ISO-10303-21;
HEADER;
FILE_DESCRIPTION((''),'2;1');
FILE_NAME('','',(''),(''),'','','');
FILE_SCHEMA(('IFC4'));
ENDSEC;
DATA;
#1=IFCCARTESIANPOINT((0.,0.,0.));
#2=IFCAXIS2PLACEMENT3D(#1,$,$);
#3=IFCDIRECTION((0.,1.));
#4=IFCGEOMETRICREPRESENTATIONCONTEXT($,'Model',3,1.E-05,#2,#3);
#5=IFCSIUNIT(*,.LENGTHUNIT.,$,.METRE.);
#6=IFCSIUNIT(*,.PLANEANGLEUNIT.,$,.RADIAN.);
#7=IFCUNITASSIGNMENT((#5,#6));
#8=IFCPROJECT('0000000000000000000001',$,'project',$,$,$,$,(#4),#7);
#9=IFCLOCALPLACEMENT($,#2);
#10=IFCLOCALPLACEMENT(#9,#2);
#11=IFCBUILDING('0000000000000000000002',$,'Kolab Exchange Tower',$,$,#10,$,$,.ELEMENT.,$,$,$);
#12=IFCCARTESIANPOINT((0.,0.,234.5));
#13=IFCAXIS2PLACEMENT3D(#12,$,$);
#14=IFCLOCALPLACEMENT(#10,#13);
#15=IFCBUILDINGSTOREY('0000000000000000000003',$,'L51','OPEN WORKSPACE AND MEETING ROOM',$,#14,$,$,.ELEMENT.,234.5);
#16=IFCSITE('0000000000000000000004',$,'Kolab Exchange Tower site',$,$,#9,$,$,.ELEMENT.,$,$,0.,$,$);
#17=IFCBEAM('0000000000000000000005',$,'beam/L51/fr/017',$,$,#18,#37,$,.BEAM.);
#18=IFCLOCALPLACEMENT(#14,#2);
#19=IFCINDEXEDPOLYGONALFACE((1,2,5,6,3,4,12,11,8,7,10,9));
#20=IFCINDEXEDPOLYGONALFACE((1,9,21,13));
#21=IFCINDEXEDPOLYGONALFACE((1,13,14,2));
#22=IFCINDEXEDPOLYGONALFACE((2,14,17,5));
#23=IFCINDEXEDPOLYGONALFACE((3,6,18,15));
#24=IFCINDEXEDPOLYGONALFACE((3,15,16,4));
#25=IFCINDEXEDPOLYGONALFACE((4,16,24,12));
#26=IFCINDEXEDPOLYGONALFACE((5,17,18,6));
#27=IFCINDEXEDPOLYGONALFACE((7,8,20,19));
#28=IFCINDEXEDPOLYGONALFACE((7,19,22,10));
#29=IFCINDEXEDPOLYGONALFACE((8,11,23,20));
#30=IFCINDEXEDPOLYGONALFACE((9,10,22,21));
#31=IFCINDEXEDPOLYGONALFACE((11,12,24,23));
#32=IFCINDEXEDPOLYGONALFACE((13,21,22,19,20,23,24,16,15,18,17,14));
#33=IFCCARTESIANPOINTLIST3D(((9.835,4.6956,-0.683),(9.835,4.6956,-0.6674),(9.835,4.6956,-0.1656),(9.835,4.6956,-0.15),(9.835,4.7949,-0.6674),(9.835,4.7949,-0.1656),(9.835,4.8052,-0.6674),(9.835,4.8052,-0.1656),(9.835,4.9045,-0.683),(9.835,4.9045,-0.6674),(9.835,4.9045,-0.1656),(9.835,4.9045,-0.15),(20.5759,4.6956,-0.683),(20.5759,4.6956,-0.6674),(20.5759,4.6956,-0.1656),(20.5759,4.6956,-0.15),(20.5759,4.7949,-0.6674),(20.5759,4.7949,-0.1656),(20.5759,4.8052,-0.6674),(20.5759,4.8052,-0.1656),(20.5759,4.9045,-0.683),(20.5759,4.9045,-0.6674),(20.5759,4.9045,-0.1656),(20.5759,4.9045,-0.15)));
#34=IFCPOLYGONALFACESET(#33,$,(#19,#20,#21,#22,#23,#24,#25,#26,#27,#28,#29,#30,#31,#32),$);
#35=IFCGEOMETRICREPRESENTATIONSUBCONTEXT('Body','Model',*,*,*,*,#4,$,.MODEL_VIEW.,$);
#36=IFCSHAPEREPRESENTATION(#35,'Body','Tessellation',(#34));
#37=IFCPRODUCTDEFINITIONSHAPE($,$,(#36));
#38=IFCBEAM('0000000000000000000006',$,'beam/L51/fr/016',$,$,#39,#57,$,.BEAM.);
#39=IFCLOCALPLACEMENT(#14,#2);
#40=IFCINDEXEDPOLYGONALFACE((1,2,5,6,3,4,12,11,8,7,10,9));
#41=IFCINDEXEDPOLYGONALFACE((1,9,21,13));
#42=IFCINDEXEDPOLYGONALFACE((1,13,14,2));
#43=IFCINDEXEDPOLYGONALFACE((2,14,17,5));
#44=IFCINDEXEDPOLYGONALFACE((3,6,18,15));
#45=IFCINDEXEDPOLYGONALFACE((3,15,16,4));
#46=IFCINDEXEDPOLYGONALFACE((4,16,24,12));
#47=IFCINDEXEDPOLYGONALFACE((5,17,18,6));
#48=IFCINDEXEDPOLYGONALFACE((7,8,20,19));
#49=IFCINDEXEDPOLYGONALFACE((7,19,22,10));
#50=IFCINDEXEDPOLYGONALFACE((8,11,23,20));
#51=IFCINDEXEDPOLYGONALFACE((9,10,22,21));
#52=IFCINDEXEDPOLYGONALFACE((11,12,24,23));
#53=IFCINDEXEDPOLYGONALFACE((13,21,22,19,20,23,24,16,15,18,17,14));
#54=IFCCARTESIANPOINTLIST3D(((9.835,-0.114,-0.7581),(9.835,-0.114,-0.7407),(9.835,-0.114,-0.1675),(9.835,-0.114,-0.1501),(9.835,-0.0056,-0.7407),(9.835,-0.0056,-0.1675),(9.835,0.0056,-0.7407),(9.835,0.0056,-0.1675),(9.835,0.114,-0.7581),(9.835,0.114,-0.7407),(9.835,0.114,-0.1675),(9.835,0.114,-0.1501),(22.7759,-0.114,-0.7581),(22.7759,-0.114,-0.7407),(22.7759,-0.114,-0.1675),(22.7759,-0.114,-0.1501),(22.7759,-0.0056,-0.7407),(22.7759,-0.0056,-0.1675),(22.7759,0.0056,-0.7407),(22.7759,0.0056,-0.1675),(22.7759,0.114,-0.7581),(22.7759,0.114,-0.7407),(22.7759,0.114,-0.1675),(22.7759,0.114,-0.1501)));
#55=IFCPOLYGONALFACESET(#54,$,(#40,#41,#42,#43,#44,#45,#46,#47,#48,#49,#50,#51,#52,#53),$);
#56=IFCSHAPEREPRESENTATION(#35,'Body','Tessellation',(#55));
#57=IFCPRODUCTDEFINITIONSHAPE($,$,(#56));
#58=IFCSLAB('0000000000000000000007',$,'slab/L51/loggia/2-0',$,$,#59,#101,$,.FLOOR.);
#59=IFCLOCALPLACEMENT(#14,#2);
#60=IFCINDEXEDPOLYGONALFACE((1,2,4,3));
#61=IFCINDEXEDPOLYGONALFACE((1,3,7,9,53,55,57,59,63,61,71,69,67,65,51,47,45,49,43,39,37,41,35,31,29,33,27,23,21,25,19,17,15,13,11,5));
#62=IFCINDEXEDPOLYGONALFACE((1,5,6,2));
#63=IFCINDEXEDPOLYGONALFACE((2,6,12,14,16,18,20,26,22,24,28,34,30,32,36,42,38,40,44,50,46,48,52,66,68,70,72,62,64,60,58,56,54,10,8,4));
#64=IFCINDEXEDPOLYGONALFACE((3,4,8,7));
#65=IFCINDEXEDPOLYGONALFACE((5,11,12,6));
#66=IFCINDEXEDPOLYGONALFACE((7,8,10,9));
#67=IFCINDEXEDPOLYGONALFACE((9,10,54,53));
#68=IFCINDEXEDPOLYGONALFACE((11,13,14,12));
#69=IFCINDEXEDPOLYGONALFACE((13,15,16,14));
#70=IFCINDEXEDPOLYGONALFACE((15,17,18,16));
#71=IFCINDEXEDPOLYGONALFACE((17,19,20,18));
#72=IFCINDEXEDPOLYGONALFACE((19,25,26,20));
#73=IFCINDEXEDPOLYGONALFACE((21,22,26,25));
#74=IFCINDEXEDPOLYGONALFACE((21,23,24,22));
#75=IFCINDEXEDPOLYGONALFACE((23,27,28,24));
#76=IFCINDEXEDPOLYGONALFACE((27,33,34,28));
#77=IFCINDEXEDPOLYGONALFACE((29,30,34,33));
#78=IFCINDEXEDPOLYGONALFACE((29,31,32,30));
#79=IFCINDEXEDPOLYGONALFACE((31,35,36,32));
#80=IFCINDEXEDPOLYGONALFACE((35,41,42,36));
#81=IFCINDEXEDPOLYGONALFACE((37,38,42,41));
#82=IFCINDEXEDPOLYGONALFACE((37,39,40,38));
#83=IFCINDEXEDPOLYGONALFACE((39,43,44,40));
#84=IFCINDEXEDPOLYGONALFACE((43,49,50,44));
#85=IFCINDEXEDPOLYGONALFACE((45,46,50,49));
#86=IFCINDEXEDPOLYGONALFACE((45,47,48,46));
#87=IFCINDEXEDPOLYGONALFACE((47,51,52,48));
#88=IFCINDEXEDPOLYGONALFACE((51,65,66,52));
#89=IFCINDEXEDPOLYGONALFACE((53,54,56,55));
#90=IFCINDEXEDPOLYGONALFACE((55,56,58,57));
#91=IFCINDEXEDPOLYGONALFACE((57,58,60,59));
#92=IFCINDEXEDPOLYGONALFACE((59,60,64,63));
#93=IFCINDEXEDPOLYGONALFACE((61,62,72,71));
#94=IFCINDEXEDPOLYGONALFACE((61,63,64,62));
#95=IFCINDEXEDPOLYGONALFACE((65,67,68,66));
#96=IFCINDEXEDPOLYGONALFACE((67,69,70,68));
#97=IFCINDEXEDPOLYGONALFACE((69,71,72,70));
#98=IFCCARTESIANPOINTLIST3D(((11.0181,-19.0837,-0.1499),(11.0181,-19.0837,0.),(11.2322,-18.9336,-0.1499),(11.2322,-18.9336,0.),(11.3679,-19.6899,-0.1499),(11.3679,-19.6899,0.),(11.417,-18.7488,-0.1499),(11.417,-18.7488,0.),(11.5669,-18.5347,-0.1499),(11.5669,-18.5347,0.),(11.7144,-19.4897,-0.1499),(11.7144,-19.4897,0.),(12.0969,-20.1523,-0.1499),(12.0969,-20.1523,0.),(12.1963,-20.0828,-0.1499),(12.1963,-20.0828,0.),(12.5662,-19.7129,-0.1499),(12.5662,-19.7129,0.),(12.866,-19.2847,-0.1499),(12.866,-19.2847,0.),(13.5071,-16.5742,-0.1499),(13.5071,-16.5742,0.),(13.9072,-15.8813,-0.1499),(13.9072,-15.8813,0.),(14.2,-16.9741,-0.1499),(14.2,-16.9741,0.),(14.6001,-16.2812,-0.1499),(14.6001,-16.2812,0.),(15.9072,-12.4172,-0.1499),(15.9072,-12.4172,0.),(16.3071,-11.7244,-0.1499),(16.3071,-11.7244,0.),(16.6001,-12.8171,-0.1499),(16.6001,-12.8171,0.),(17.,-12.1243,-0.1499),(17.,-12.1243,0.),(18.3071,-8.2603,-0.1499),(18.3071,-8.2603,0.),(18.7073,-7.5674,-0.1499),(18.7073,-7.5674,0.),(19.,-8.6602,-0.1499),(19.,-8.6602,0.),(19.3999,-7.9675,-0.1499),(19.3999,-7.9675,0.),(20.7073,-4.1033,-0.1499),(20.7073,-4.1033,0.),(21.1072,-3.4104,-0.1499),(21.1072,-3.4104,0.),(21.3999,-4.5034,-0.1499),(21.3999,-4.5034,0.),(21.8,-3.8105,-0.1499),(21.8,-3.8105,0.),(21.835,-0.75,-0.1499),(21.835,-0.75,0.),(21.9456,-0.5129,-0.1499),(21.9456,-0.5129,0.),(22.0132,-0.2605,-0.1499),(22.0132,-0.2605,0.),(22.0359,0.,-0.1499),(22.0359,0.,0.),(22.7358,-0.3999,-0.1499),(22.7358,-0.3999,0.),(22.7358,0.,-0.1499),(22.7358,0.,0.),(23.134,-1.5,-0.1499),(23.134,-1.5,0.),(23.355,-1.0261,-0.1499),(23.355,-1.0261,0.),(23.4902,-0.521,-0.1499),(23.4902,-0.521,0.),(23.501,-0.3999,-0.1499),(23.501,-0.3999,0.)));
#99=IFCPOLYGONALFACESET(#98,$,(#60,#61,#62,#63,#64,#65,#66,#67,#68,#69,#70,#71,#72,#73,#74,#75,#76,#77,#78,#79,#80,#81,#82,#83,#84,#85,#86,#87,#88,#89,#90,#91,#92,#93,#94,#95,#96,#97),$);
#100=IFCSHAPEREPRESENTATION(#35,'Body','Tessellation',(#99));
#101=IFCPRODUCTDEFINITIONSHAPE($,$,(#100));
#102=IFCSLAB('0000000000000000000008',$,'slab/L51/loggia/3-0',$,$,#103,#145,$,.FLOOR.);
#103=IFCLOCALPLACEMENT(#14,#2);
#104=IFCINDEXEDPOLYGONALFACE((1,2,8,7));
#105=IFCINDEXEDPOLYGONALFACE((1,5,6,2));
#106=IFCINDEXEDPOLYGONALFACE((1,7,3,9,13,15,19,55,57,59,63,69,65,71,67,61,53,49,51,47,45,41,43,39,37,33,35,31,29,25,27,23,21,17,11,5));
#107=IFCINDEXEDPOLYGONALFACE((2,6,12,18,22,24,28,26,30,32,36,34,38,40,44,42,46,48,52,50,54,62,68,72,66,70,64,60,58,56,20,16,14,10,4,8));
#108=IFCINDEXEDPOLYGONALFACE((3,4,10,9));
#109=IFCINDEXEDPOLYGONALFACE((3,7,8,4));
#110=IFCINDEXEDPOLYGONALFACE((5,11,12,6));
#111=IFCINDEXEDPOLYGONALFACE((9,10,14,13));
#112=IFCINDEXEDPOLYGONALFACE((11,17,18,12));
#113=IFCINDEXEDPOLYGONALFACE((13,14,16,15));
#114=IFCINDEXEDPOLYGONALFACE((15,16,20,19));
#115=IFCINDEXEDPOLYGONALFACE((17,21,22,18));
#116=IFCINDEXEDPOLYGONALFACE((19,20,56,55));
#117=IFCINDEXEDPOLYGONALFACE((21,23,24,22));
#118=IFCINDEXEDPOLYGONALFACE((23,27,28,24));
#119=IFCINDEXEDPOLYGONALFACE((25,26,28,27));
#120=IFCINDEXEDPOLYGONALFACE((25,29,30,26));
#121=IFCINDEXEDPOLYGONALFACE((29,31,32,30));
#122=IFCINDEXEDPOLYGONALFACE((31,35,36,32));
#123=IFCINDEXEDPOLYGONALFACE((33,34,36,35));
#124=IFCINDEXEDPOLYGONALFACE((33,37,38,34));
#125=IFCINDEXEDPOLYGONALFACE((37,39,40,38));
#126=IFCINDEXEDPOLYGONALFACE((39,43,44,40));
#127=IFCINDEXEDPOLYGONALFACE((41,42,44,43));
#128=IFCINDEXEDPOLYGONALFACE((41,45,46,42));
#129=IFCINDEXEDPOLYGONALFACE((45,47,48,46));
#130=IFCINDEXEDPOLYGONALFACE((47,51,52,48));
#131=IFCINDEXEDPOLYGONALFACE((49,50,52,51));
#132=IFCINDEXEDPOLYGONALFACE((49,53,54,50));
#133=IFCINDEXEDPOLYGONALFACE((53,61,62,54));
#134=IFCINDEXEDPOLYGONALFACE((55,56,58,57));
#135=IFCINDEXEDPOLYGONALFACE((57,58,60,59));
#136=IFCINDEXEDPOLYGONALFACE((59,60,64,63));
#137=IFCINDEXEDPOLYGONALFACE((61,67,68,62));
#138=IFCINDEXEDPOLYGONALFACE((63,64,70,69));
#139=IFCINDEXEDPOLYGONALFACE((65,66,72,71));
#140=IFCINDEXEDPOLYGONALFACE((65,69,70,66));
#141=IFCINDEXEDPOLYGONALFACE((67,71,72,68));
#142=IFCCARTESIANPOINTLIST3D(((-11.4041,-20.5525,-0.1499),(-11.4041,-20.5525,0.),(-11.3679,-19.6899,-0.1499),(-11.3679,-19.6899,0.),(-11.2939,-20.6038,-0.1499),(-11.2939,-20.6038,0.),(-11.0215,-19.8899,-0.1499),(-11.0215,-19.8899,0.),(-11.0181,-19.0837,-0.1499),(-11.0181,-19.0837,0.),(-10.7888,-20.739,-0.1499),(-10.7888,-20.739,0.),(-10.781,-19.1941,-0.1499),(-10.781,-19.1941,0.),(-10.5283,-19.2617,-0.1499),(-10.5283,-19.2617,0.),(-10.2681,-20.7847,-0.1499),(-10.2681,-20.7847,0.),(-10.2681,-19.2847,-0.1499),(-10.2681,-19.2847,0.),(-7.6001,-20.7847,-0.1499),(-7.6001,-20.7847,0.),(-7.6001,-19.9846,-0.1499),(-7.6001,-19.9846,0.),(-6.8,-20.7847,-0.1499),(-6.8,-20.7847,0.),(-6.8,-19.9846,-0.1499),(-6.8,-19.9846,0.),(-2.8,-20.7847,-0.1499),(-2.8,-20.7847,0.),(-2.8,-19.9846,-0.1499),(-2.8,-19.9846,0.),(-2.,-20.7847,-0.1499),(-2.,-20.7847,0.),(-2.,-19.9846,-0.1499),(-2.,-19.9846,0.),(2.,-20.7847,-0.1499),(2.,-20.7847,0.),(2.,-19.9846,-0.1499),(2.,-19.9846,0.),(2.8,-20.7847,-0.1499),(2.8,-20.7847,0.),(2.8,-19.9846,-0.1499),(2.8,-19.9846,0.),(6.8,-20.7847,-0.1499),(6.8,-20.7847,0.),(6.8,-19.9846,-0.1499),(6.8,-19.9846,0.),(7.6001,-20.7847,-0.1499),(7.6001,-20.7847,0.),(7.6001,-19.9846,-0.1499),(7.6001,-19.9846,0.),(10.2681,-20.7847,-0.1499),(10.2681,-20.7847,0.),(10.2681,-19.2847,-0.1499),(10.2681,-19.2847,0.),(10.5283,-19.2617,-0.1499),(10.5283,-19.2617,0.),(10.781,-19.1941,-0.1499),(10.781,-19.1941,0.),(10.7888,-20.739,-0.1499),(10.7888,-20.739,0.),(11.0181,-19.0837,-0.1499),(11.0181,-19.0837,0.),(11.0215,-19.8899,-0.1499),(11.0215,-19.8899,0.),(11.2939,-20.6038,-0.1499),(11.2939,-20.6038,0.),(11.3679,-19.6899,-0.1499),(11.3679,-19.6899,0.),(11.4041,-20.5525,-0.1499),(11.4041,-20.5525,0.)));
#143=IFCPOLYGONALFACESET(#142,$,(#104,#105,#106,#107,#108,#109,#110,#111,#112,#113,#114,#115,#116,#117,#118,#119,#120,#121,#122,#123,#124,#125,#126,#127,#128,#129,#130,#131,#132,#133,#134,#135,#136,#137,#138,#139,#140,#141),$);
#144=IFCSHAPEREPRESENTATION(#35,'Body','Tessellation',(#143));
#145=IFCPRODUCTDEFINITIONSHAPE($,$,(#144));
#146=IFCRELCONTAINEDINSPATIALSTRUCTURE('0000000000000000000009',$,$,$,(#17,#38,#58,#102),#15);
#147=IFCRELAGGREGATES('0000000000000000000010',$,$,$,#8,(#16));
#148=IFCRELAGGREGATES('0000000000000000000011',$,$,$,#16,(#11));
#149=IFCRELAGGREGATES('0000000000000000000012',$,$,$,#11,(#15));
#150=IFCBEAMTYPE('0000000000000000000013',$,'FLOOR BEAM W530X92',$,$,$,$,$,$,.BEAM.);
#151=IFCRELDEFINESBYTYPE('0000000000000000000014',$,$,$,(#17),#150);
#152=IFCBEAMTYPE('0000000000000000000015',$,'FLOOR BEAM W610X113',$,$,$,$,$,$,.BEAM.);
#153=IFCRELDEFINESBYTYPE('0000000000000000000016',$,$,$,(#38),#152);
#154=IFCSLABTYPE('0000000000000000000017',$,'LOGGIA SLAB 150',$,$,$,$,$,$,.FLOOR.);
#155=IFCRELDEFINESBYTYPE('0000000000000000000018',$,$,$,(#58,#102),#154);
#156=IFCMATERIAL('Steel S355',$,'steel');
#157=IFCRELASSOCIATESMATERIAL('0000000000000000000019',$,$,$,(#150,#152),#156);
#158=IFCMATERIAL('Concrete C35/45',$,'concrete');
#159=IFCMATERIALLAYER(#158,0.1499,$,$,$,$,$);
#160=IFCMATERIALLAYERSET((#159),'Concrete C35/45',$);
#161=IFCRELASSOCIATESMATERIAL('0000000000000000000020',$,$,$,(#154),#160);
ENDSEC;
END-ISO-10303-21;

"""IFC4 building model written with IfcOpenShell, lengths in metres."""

from ifc_helpers import new_model, si_unit, direction, frame, origin, origin_2d, place, context, subcontext, project, spatial, polyline, i_section, outline, extrude, material, layer, layer_set, material_profile, profile_set, type_object, element, save


model = new_model("IFC4")

# Units and contexts
model_context = context("Model", 3, precision=1e-05, world=origin(), true_north=direction((0.0, 1.0)))
body_context = subcontext(model_context, "Body", "Model", "MODEL_VIEW")
ifc_project = project(units=[si_unit("LENGTHUNIT", "METRE"), si_unit("PLANEANGLEUNIT", "RADIAN")], contexts=[model_context])

# Site, building, storey
site_placement = place(None, origin())
site = spatial("IfcSite", under=ifc_project, at=site_placement, Name="Kolab Exchange Tower site", CompositionType="ELEMENT", RefElevation=0.0)
building_placement = place(site_placement, origin())
building = spatial("IfcBuilding", under=site, at=building_placement, Name="Kolab Exchange Tower", CompositionType="ELEMENT")
storey_placement = place(building_placement, frame((0.0, 0.0, 234.5)))
storey = spatial("IfcBuildingStorey", under=building, at=storey_placement, Name="L51", Description="OPEN WORKSPACE AND MEETING ROOM", CompositionType="ELEMENT", Elevation=234.5)

# Beams
ifc_material_1 = material(Name="Steel S355", Category="steel")
ifc_material_profile_1 = material_profile(ifc_material_1, i_section(OverallWidth=0.209, OverallDepth=0.533, WebThickness=0.0103, FlangeThickness=0.0156, at=origin_2d()), Name="W530X92")
ifc_profile_set_1 = profile_set([ifc_material_profile_1], Name="Steel S355")
beam_type_1 = type_object("IfcBeamType", Name="FLOOR BEAM W530X92", PredefinedType="BEAM", material=ifc_profile_set_1)
beam_1_placement = place(storey_placement, frame((9.835, 4.8, -0.4165), z_axis=(1.0, 0.0, 0.0), x_axis=(0.0, 1.0, 0.0)))
element("IfcBeam", 1, at=beam_1_placement, inside=storey, type_object=beam_type_1, Name="beam/L51/fr/017", PredefinedType="BEAM", context=body_context, shape_type="SweptSolid", body=[
    extrude(i_section(OverallWidth=0.209, OverallDepth=0.533, WebThickness=0.0103, FlangeThickness=0.0156, at=origin_2d()), origin(), (0.0, 0.0, 1.0), 10.741),
])
ifc_material_profile_2 = material_profile(ifc_material_1, i_section(OverallWidth=0.228, OverallDepth=0.6079, WebThickness=0.0112, FlangeThickness=0.0173, at=origin_2d()), Name="W610X113")
ifc_profile_set_2 = profile_set([ifc_material_profile_2], Name="Steel S355")
beam_type_2 = type_object("IfcBeamType", Name="FLOOR BEAM W610X113", PredefinedType="BEAM", material=ifc_profile_set_2)
beam_2_placement = place(storey_placement, frame((9.835, 0.0, -0.4541), z_axis=(1.0, 0.0, 0.0), x_axis=(0.0, 1.0, 0.0)))
element("IfcBeam", 2, at=beam_2_placement, inside=storey, type_object=beam_type_2, Name="beam/L51/fr/016", PredefinedType="BEAM", context=body_context, shape_type="SweptSolid", body=[
    extrude(i_section(OverallWidth=0.228, OverallDepth=0.6079, WebThickness=0.0112, FlangeThickness=0.0173, at=origin_2d()), origin(), (0.0, 0.0, 1.0), 12.9409),
])

# Slabs
ifc_material_2 = material(Name="Concrete C35/45", Category="concrete")
ifc_layer_1 = layer(ifc_material_2, 0.1499)
ifc_layer_set_1 = layer_set([ifc_layer_1], Name="Concrete C35/45")
slab_type_1 = type_object("IfcSlabType", Name="LOGGIA SLAB 150", PredefinedType="FLOOR", material=ifc_layer_set_1)
slab_1_placement = place(storey_placement, frame((0.0, 0.0, -0.1499)))
element("IfcSlab", 3, at=slab_1_placement, inside=storey, type_object=slab_type_1, Name="slab/L51/loggia/2-0", PredefinedType="FLOOR", context=body_context, shape_type="SweptSolid", body=[
    extrude(outline(polyline([(12.866, -19.2847), (14.2, -16.9741), (13.5071, -16.5742), (13.9072, -15.8813), (14.6001, -16.2812), (16.6001, -12.8171), (15.9072, -12.4172), (16.3071, -11.7244), (17.0, -12.1243), (19.0, -8.6602), (18.3071, -8.2603), (18.7073, -7.5674), (19.3999, -7.9675), (21.3999, -4.5034), (20.7073, -4.1033), (21.1072, -3.4104), (21.8, -3.8105), (23.134, -1.5), (23.355, -1.0261), (23.4902, -0.521), (23.501, -0.3999), (22.7358, -0.3999), (22.7358, 0.0), (22.0359, 0.0), (22.0132, -0.2605), (21.9456, -0.5129), (21.835, -0.75), (11.5669, -18.5347), (11.417, -18.7488), (11.2322, -18.9336), (11.0181, -19.0837), (11.3679, -19.6899), (11.7144, -19.4897), (12.0969, -20.1523), (12.1963, -20.0828), (12.5662, -19.7129), (12.866, -19.2847)])), origin(), (0.0, 0.0, 1.0), 0.1499),
])
slab_2_placement = place(storey_placement, frame((0.0, 0.0, -0.1499)))
element("IfcSlab", 4, at=slab_2_placement, inside=storey, type_object=slab_type_1, Name="slab/L51/loggia/3-0", PredefinedType="FLOOR", context=body_context, shape_type="SweptSolid", body=[
    extrude(outline(polyline([(-11.0181, -19.0837), (-11.3679, -19.6899), (-11.0215, -19.8899), (-11.4041, -20.5525), (-11.2939, -20.6038), (-10.7888, -20.739), (-10.2681, -20.7847), (-7.6001, -20.7847), (-7.6001, -19.9846), (-6.8, -19.9846), (-6.8, -20.7847), (-2.8, -20.7847), (-2.8, -19.9846), (-2.0, -19.9846), (-2.0, -20.7847), (2.0, -20.7847), (2.0, -19.9846), (2.8, -19.9846), (2.8, -20.7847), (6.8, -20.7847), (6.8, -19.9846), (7.6001, -19.9846), (7.6001, -20.7847), (10.2681, -20.7847), (10.7888, -20.739), (11.2939, -20.6038), (11.4041, -20.5525), (11.0215, -19.8899), (11.3679, -19.6899), (11.0181, -19.0837), (10.781, -19.1941), (10.5283, -19.2617), (10.2681, -19.2847), (-10.2681, -19.2847), (-10.5283, -19.2617), (-10.781, -19.1941), (-11.0181, -19.0837)])), origin(), (0.0, 0.0, 1.0), 0.1499),
])

save(model, "model.ifc")
